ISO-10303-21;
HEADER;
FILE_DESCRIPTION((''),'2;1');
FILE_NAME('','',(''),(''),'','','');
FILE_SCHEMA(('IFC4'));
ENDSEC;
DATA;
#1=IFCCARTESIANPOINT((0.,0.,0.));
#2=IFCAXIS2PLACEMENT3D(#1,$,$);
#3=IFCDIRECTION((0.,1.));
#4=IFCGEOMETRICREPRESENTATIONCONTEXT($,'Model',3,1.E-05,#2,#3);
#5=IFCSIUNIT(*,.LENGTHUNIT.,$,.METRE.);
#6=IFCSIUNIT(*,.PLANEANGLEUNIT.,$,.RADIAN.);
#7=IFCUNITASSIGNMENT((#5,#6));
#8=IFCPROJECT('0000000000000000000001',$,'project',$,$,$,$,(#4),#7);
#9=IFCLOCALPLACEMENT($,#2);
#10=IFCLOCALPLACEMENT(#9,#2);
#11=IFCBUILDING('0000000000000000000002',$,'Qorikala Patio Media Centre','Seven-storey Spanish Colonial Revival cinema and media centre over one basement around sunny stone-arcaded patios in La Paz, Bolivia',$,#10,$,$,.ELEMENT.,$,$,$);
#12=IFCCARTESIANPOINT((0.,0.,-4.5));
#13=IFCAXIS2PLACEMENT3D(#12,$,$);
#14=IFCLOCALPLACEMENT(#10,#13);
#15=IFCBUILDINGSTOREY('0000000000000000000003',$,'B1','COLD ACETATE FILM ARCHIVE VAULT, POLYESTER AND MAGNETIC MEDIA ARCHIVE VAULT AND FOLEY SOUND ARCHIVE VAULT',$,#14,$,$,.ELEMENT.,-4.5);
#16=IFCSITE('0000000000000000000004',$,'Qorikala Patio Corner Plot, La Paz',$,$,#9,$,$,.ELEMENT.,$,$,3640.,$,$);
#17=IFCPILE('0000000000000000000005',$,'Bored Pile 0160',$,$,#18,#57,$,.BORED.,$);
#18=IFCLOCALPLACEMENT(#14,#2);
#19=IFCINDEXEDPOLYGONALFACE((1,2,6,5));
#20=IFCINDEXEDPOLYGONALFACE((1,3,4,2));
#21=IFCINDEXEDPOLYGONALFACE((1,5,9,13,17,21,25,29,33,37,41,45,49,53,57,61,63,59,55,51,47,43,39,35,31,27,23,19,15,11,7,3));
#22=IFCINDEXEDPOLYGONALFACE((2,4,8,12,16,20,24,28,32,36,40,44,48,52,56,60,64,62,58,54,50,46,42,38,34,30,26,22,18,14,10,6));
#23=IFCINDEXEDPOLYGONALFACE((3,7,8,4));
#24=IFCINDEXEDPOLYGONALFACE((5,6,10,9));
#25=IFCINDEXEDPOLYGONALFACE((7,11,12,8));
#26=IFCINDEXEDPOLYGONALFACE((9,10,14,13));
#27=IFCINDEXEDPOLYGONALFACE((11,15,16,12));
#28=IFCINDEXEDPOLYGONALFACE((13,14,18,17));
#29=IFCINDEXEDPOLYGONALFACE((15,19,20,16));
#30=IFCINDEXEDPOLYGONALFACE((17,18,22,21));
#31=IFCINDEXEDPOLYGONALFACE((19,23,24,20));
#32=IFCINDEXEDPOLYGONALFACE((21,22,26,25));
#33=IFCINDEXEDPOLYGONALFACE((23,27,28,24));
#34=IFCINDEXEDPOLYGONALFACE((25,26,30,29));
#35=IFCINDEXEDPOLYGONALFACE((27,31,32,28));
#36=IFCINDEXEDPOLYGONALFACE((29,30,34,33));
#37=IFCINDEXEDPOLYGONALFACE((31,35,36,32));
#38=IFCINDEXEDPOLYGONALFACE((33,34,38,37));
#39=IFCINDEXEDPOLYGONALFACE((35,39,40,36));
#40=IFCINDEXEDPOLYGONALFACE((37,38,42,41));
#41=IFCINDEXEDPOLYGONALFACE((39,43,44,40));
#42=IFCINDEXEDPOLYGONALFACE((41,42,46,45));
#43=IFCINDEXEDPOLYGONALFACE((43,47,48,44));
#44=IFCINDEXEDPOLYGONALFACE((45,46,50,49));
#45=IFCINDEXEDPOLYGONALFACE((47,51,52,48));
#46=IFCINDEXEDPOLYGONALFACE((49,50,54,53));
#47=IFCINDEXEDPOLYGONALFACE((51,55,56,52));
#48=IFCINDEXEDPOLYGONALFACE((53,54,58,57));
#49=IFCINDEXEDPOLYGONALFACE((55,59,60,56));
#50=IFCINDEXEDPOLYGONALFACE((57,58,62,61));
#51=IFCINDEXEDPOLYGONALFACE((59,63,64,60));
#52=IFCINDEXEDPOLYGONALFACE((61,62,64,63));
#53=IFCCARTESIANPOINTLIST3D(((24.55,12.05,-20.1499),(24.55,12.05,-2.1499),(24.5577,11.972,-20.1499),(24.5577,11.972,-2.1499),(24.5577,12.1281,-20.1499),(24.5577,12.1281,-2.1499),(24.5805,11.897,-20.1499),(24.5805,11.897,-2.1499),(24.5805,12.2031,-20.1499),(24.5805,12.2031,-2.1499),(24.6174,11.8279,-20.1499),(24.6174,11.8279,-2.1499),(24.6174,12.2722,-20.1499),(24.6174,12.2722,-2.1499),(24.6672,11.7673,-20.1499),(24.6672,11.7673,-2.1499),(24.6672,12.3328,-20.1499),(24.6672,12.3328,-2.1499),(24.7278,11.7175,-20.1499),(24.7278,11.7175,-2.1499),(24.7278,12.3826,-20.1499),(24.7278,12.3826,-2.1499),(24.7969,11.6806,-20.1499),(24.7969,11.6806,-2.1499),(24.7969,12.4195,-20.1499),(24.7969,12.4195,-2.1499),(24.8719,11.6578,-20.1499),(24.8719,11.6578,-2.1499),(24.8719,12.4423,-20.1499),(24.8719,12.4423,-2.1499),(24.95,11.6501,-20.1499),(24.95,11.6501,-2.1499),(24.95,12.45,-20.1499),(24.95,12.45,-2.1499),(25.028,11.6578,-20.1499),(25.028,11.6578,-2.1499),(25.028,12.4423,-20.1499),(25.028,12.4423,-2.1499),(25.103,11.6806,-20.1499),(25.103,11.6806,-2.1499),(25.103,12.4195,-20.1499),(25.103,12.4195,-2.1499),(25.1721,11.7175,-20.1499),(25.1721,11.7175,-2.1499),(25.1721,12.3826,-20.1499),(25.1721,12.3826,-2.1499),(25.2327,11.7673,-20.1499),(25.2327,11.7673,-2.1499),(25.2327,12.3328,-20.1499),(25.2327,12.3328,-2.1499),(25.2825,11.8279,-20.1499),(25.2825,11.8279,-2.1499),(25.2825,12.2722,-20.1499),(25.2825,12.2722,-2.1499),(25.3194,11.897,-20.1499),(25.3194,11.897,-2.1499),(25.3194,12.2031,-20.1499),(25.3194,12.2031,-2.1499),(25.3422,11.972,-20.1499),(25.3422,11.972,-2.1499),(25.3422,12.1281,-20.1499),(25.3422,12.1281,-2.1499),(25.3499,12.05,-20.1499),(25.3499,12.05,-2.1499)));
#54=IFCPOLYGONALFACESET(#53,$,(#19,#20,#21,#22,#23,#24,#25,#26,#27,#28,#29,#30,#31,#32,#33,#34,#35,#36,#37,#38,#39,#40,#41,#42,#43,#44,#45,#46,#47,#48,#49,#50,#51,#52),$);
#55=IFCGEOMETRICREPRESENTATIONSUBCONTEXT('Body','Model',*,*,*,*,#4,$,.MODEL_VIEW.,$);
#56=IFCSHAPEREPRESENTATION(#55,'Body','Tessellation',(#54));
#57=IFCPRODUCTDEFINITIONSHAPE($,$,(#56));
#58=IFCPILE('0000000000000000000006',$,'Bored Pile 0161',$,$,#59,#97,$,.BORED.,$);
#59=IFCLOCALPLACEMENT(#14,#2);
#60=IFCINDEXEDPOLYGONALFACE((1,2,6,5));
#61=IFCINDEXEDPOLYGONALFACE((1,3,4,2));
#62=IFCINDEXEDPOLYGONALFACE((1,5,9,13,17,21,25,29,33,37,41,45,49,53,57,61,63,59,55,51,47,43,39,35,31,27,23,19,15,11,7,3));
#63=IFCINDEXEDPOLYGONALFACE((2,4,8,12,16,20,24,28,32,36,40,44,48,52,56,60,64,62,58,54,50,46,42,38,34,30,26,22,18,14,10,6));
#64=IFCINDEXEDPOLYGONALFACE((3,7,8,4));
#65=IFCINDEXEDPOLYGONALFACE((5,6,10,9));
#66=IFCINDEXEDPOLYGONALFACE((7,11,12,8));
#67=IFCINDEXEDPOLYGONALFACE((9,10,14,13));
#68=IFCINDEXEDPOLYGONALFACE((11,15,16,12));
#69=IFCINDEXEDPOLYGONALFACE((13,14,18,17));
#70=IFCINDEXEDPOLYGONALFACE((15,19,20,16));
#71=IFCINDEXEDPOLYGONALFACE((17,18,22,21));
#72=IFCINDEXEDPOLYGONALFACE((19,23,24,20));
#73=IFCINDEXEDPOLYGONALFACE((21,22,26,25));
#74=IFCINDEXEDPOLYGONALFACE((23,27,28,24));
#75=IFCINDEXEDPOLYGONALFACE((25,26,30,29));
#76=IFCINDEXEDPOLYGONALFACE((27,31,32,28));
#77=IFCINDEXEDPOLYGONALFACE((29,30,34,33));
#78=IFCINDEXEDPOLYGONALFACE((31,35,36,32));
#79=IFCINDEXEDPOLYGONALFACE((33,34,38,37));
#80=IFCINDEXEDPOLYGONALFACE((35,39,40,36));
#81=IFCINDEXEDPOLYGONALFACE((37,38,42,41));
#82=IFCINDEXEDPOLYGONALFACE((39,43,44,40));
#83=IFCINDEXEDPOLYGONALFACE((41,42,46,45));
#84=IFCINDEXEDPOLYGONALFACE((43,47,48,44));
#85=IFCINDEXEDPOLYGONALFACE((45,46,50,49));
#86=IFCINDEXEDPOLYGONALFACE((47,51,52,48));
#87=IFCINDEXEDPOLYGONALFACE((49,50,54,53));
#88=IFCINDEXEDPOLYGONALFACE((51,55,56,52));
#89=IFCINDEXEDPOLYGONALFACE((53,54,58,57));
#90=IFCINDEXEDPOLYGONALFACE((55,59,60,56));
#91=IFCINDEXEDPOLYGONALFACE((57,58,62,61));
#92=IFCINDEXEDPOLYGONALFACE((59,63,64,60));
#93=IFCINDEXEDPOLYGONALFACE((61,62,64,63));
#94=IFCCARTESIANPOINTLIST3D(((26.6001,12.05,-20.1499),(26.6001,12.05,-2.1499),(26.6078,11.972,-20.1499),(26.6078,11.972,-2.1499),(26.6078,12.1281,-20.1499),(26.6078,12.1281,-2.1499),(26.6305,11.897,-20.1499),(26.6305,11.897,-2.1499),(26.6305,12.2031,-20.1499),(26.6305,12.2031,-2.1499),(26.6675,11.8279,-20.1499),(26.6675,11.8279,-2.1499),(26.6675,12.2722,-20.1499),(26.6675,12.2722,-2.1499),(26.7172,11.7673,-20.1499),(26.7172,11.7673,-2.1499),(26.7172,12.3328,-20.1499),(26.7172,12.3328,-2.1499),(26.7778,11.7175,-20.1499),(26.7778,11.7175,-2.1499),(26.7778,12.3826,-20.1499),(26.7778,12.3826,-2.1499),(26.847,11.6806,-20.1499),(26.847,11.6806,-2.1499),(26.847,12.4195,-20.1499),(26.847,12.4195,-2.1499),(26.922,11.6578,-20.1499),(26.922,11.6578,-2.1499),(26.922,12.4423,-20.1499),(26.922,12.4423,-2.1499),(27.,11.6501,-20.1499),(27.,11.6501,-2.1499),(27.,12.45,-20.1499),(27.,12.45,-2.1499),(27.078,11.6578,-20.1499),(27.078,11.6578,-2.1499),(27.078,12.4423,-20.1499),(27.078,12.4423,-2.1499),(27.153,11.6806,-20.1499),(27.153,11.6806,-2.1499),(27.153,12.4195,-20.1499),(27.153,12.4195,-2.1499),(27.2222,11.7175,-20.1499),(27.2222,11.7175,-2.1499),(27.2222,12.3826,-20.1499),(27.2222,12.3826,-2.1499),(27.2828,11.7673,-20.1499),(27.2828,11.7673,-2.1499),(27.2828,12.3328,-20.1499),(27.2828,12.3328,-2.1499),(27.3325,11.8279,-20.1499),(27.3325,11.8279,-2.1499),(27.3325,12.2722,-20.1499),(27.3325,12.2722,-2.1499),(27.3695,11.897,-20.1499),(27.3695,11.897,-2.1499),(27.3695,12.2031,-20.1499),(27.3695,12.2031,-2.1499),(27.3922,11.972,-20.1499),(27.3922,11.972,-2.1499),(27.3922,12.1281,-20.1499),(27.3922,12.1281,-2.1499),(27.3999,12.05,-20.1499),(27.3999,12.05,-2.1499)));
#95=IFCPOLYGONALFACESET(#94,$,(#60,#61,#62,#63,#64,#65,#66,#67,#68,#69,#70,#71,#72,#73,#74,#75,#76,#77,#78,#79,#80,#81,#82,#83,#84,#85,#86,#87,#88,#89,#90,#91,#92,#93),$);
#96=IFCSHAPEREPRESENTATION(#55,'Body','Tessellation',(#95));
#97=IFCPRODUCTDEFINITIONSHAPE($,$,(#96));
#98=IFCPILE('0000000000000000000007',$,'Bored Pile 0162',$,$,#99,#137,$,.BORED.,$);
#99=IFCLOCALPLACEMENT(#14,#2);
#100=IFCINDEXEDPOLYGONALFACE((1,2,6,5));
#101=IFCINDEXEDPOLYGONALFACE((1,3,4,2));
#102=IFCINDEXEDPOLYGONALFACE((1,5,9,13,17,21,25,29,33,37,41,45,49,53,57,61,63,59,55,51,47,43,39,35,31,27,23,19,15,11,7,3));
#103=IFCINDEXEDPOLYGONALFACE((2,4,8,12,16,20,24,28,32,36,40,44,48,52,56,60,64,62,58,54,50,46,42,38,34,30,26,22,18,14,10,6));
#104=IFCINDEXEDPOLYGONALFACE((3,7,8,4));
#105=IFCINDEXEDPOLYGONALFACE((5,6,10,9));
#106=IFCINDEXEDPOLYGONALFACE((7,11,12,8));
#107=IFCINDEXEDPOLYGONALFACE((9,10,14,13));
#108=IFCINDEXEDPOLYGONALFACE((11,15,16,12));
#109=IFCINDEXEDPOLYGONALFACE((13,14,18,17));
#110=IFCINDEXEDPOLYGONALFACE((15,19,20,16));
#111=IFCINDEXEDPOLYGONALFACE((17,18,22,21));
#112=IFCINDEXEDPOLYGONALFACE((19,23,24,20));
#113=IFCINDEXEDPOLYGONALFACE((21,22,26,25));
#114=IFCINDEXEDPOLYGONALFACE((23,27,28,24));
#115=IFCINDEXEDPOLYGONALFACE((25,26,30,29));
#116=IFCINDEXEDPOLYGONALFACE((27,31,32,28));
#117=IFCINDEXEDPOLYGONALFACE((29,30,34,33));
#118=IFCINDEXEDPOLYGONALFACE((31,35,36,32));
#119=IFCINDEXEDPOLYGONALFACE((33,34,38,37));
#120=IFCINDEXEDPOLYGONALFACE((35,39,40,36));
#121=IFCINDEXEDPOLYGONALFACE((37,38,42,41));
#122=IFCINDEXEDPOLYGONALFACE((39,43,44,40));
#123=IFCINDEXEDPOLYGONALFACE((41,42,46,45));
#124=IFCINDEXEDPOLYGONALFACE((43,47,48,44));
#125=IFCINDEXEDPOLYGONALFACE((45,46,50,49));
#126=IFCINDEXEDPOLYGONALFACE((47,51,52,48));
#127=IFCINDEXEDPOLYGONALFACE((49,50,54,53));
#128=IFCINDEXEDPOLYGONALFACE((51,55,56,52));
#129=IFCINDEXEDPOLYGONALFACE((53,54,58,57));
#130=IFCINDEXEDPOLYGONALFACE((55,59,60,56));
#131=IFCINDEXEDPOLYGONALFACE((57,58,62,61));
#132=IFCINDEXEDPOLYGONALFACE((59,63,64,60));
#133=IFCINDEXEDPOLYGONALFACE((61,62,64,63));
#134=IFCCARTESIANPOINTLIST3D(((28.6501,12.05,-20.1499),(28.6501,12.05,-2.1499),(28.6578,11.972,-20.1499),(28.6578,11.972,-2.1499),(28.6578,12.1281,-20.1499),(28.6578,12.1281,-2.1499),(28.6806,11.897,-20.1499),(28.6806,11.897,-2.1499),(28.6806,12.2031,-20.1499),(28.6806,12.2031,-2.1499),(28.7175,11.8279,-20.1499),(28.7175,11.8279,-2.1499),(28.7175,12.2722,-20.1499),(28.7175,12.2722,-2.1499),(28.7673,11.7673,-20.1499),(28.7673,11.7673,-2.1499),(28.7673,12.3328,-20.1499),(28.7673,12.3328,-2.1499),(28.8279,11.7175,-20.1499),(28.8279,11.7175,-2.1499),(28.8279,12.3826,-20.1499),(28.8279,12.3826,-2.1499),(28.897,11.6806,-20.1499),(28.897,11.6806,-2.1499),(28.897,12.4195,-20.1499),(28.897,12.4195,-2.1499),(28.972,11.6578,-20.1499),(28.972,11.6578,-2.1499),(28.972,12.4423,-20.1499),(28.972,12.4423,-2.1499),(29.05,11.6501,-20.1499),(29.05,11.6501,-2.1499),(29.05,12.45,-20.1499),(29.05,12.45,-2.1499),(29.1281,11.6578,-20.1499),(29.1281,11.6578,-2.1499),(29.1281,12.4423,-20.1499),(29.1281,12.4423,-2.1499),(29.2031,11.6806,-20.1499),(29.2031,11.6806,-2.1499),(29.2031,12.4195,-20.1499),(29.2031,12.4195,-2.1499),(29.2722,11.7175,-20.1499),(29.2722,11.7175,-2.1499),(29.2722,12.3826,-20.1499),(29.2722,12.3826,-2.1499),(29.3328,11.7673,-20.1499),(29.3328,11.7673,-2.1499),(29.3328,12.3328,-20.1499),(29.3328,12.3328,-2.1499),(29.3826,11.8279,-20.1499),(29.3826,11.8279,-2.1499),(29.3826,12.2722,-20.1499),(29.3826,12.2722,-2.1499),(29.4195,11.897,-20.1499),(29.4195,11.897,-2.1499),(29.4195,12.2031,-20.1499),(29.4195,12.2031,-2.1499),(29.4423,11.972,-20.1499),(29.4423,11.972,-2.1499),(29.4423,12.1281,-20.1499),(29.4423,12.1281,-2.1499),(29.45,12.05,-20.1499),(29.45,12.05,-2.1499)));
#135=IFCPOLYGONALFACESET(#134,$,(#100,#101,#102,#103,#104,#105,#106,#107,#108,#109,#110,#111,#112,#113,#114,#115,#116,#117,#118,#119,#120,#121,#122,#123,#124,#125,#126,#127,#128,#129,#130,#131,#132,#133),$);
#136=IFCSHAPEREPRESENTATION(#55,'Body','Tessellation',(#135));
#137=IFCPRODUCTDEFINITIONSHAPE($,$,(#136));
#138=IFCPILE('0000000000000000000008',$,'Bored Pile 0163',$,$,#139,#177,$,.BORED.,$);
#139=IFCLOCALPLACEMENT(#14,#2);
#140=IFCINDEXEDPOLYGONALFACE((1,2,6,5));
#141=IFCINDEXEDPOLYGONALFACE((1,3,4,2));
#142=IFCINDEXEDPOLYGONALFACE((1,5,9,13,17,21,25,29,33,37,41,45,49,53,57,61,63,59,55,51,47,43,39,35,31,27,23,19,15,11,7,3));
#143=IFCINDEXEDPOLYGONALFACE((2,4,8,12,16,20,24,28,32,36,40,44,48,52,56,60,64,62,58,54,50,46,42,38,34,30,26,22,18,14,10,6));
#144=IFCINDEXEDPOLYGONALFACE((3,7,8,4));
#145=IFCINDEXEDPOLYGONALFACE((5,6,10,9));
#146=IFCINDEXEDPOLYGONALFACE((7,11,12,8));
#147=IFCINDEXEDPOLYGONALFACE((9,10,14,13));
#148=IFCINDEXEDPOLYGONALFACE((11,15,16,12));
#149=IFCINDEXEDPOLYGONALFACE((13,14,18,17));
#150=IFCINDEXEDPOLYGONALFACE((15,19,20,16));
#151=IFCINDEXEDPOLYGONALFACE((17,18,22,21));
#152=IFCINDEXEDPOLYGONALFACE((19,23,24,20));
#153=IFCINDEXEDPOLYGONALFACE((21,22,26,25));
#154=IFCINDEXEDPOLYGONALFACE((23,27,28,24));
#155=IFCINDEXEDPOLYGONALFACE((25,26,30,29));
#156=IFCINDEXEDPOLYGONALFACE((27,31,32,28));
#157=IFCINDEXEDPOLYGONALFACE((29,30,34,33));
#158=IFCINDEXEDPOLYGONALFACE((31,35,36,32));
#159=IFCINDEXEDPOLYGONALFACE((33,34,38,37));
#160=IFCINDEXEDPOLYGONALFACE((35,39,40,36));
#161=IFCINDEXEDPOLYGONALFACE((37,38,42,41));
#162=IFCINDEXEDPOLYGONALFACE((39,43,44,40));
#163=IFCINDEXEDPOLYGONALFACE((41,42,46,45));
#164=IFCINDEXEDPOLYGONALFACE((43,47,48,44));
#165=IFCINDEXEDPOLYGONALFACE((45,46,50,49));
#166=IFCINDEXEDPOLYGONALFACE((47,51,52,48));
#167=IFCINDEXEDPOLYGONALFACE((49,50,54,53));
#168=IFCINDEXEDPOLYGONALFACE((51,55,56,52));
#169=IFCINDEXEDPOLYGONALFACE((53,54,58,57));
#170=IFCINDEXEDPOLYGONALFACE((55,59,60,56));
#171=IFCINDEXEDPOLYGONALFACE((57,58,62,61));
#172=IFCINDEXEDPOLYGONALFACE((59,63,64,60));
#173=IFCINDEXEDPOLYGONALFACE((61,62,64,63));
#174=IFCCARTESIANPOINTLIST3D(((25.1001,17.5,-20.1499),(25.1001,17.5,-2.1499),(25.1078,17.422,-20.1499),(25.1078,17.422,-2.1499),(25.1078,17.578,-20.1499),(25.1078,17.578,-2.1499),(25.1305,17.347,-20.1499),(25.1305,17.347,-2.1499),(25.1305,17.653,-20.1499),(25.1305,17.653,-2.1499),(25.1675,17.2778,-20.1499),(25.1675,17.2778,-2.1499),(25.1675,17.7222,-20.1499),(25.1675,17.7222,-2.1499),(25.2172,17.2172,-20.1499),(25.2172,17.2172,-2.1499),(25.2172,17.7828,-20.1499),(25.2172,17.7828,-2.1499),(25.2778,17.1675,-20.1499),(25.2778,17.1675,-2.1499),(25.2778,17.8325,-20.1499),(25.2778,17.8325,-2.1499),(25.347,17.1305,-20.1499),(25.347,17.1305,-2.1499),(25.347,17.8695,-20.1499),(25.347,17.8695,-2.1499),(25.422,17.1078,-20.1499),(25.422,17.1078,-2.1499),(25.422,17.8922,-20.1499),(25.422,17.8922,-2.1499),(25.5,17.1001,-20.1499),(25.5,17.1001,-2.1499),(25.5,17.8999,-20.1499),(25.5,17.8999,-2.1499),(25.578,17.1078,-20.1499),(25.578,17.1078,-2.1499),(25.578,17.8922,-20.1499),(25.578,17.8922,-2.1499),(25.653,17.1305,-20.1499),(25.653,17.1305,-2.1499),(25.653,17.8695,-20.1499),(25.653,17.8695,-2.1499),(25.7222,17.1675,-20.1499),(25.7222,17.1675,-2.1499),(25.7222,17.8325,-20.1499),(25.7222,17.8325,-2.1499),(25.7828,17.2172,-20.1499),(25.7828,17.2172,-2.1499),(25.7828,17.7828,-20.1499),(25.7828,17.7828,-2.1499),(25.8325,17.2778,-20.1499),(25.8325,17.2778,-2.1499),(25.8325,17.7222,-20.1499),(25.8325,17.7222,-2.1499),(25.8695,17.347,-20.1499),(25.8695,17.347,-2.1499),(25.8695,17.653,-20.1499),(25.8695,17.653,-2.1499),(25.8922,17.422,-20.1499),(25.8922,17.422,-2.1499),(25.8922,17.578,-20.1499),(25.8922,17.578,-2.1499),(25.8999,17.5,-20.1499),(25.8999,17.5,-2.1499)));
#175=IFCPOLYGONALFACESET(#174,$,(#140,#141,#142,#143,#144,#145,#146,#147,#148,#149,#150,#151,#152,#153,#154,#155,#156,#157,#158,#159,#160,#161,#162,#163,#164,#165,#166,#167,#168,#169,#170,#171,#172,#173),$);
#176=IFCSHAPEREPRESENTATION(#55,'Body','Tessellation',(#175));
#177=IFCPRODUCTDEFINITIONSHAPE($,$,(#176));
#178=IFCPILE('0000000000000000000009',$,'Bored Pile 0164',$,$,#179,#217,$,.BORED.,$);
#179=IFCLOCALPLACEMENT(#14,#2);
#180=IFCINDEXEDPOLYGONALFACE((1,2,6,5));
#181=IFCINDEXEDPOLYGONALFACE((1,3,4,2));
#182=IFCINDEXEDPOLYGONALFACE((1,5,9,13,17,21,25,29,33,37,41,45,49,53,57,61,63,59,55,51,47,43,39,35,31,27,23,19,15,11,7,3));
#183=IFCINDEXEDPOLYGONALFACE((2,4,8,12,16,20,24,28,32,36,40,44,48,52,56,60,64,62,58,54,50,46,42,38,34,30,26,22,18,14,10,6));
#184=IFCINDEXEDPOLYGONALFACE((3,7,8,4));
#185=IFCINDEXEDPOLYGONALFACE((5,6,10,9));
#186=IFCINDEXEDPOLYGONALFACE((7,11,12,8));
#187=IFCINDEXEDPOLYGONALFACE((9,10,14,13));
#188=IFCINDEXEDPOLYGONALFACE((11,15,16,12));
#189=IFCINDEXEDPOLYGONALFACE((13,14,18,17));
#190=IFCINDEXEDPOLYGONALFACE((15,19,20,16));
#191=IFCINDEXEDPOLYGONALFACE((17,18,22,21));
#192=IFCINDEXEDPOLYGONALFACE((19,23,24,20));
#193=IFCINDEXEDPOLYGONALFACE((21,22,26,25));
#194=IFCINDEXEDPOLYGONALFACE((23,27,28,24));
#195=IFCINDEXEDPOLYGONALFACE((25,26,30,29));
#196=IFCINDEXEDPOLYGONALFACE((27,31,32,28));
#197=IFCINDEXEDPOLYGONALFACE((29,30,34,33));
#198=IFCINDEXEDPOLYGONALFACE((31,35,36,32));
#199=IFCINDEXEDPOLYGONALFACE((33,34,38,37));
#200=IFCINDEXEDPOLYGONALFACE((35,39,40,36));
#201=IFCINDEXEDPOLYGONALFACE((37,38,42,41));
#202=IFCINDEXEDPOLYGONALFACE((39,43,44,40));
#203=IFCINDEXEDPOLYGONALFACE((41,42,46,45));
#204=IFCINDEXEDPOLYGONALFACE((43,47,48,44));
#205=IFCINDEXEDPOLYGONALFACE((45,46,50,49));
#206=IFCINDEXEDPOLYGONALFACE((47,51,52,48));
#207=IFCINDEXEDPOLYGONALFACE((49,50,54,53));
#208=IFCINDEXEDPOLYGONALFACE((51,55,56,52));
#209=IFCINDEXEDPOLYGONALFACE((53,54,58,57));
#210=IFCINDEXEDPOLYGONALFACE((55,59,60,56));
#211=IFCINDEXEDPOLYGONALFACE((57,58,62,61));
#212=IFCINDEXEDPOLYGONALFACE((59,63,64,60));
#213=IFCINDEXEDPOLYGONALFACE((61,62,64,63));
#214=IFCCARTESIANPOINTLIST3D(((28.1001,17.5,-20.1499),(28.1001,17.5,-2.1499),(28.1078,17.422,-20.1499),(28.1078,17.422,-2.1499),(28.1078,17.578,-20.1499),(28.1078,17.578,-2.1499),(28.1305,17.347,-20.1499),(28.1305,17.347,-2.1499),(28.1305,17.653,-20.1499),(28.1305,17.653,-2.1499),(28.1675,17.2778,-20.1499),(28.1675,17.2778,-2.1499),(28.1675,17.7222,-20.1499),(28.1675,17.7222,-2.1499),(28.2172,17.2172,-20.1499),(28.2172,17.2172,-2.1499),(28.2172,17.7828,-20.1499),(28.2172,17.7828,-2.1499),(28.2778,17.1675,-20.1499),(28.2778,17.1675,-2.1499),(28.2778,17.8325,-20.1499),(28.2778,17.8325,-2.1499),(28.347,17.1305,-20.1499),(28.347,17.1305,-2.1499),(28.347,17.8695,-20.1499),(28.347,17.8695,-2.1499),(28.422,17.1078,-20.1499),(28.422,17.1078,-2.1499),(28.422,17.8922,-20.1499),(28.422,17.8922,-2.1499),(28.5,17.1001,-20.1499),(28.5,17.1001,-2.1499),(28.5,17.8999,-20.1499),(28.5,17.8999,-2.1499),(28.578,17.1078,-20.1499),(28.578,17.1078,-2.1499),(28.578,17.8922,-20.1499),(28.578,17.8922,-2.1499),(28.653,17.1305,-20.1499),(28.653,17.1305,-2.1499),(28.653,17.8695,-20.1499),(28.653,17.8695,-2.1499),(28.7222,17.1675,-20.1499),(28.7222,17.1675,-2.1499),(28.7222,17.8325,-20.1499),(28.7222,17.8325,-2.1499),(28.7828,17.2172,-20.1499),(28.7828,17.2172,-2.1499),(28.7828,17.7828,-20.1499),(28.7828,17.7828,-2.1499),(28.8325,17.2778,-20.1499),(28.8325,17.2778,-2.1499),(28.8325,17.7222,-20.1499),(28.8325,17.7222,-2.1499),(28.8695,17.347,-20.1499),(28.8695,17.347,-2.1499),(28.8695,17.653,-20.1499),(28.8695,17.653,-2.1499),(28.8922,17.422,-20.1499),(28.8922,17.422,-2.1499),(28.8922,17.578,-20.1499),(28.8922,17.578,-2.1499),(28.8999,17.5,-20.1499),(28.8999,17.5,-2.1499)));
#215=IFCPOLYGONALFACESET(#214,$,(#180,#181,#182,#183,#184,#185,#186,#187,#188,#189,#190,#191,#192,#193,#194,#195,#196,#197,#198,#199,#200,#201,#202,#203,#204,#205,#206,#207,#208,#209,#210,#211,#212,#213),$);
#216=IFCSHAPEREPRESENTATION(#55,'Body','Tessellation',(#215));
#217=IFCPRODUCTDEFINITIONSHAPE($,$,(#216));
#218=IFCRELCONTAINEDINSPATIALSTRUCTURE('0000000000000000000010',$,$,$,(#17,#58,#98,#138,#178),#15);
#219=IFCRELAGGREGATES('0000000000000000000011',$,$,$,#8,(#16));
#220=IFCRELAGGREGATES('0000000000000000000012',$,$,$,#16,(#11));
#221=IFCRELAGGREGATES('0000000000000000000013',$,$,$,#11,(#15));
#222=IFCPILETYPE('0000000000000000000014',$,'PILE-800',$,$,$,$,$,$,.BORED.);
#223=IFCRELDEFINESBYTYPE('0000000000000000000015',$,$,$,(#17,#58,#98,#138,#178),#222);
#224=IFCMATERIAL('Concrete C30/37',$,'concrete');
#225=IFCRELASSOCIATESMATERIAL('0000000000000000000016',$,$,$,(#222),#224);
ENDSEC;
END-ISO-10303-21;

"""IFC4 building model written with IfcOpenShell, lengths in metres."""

from ifc_helpers import new_model, si_unit, direction, frame, origin, origin_2d, place, context, subcontext, project, spatial, circle, extrude, material, material_profile, profile_set, type_object, element, save


model = new_model("IFC4")

# Units and contexts
model_context = context("Model", 3, precision=1e-05, world=origin(), true_north=direction((0.0, 1.0)))
body_context = subcontext(model_context, "Body", "Model", "MODEL_VIEW")
ifc_project = project(units=[si_unit("LENGTHUNIT", "METRE"), si_unit("PLANEANGLEUNIT", "RADIAN")], contexts=[model_context])

# Site, building, storey
site_placement = place(None, origin())
site = spatial("IfcSite", under=ifc_project, at=site_placement, Name="Qorikala Patio Corner Plot, La Paz", CompositionType="ELEMENT", RefElevation=3640.0)
building_placement = place(site_placement, origin())
building = spatial("IfcBuilding", under=site, at=building_placement, Name="Qorikala Patio Media Centre", Description="Seven-storey Spanish Colonial Revival cinema and media centre over one basement around sunny stone-arcaded patios in La Paz, Bolivia", CompositionType="ELEMENT")
storey_placement = place(building_placement, frame((0.0, 0.0, -4.5)))
storey = spatial("IfcBuildingStorey", under=building, at=storey_placement, Name="B1", Description="COLD ACETATE FILM ARCHIVE VAULT, POLYESTER AND MAGNETIC MEDIA ARCHIVE VAULT AND FOLEY SOUND ARCHIVE VAULT", CompositionType="ELEMENT", Elevation=-4.5)

# Shared definitions
ifc_material_1 = material(Name="Concrete C30/37", Category="concrete")

# Piles
ifc_material_profile_1 = material_profile(ifc_material_1, circle(Radius=0.3999, at=origin_2d()), Name="BORED PILE 800")
ifc_profile_set_1 = profile_set([ifc_material_profile_1], Name="Concrete C30/37")
pile_type = type_object("IfcPileType", Name="PILE-800", PredefinedType="BORED", material=ifc_profile_set_1)
for number, where, z_axis, x_axis, name in (
    (1, (24.95, 12.05, -2.1499), (0.0, 0.0, -1.0), (1.0, 0.0, 0.0), "Bored Pile 0160"),
    (2, (27.0, 12.05, -2.1499), (0.0, 0.0, -1.0), (1.0, 0.0, 0.0), "Bored Pile 0161"),
    (3, (29.05, 12.05, -2.1499), (0.0, 0.0, -1.0), (1.0, 0.0, 0.0), "Bored Pile 0162"),
    (4, (25.5, 17.5, -2.1499), (0.0, 0.0, -1.0), (1.0, 0.0, 0.0), "Bored Pile 0163"),
    (5, (28.5, 17.5, -2.1499), (0.0, 0.0, -1.0), (1.0, 0.0, 0.0), "Bored Pile 0164"),
):
    element("IfcPile", number, at=place(storey_placement, frame(where, z_axis=z_axis, x_axis=x_axis)), inside=storey, type_object=pile_type, Name=name, PredefinedType="BORED", context=body_context, shape_type="SweptSolid", body=[
        extrude(circle(Radius=0.3999, at=origin_2d()), origin(), (0.0, 0.0, 1.0), 18.0),
    ])

save(model, "model.ifc")
